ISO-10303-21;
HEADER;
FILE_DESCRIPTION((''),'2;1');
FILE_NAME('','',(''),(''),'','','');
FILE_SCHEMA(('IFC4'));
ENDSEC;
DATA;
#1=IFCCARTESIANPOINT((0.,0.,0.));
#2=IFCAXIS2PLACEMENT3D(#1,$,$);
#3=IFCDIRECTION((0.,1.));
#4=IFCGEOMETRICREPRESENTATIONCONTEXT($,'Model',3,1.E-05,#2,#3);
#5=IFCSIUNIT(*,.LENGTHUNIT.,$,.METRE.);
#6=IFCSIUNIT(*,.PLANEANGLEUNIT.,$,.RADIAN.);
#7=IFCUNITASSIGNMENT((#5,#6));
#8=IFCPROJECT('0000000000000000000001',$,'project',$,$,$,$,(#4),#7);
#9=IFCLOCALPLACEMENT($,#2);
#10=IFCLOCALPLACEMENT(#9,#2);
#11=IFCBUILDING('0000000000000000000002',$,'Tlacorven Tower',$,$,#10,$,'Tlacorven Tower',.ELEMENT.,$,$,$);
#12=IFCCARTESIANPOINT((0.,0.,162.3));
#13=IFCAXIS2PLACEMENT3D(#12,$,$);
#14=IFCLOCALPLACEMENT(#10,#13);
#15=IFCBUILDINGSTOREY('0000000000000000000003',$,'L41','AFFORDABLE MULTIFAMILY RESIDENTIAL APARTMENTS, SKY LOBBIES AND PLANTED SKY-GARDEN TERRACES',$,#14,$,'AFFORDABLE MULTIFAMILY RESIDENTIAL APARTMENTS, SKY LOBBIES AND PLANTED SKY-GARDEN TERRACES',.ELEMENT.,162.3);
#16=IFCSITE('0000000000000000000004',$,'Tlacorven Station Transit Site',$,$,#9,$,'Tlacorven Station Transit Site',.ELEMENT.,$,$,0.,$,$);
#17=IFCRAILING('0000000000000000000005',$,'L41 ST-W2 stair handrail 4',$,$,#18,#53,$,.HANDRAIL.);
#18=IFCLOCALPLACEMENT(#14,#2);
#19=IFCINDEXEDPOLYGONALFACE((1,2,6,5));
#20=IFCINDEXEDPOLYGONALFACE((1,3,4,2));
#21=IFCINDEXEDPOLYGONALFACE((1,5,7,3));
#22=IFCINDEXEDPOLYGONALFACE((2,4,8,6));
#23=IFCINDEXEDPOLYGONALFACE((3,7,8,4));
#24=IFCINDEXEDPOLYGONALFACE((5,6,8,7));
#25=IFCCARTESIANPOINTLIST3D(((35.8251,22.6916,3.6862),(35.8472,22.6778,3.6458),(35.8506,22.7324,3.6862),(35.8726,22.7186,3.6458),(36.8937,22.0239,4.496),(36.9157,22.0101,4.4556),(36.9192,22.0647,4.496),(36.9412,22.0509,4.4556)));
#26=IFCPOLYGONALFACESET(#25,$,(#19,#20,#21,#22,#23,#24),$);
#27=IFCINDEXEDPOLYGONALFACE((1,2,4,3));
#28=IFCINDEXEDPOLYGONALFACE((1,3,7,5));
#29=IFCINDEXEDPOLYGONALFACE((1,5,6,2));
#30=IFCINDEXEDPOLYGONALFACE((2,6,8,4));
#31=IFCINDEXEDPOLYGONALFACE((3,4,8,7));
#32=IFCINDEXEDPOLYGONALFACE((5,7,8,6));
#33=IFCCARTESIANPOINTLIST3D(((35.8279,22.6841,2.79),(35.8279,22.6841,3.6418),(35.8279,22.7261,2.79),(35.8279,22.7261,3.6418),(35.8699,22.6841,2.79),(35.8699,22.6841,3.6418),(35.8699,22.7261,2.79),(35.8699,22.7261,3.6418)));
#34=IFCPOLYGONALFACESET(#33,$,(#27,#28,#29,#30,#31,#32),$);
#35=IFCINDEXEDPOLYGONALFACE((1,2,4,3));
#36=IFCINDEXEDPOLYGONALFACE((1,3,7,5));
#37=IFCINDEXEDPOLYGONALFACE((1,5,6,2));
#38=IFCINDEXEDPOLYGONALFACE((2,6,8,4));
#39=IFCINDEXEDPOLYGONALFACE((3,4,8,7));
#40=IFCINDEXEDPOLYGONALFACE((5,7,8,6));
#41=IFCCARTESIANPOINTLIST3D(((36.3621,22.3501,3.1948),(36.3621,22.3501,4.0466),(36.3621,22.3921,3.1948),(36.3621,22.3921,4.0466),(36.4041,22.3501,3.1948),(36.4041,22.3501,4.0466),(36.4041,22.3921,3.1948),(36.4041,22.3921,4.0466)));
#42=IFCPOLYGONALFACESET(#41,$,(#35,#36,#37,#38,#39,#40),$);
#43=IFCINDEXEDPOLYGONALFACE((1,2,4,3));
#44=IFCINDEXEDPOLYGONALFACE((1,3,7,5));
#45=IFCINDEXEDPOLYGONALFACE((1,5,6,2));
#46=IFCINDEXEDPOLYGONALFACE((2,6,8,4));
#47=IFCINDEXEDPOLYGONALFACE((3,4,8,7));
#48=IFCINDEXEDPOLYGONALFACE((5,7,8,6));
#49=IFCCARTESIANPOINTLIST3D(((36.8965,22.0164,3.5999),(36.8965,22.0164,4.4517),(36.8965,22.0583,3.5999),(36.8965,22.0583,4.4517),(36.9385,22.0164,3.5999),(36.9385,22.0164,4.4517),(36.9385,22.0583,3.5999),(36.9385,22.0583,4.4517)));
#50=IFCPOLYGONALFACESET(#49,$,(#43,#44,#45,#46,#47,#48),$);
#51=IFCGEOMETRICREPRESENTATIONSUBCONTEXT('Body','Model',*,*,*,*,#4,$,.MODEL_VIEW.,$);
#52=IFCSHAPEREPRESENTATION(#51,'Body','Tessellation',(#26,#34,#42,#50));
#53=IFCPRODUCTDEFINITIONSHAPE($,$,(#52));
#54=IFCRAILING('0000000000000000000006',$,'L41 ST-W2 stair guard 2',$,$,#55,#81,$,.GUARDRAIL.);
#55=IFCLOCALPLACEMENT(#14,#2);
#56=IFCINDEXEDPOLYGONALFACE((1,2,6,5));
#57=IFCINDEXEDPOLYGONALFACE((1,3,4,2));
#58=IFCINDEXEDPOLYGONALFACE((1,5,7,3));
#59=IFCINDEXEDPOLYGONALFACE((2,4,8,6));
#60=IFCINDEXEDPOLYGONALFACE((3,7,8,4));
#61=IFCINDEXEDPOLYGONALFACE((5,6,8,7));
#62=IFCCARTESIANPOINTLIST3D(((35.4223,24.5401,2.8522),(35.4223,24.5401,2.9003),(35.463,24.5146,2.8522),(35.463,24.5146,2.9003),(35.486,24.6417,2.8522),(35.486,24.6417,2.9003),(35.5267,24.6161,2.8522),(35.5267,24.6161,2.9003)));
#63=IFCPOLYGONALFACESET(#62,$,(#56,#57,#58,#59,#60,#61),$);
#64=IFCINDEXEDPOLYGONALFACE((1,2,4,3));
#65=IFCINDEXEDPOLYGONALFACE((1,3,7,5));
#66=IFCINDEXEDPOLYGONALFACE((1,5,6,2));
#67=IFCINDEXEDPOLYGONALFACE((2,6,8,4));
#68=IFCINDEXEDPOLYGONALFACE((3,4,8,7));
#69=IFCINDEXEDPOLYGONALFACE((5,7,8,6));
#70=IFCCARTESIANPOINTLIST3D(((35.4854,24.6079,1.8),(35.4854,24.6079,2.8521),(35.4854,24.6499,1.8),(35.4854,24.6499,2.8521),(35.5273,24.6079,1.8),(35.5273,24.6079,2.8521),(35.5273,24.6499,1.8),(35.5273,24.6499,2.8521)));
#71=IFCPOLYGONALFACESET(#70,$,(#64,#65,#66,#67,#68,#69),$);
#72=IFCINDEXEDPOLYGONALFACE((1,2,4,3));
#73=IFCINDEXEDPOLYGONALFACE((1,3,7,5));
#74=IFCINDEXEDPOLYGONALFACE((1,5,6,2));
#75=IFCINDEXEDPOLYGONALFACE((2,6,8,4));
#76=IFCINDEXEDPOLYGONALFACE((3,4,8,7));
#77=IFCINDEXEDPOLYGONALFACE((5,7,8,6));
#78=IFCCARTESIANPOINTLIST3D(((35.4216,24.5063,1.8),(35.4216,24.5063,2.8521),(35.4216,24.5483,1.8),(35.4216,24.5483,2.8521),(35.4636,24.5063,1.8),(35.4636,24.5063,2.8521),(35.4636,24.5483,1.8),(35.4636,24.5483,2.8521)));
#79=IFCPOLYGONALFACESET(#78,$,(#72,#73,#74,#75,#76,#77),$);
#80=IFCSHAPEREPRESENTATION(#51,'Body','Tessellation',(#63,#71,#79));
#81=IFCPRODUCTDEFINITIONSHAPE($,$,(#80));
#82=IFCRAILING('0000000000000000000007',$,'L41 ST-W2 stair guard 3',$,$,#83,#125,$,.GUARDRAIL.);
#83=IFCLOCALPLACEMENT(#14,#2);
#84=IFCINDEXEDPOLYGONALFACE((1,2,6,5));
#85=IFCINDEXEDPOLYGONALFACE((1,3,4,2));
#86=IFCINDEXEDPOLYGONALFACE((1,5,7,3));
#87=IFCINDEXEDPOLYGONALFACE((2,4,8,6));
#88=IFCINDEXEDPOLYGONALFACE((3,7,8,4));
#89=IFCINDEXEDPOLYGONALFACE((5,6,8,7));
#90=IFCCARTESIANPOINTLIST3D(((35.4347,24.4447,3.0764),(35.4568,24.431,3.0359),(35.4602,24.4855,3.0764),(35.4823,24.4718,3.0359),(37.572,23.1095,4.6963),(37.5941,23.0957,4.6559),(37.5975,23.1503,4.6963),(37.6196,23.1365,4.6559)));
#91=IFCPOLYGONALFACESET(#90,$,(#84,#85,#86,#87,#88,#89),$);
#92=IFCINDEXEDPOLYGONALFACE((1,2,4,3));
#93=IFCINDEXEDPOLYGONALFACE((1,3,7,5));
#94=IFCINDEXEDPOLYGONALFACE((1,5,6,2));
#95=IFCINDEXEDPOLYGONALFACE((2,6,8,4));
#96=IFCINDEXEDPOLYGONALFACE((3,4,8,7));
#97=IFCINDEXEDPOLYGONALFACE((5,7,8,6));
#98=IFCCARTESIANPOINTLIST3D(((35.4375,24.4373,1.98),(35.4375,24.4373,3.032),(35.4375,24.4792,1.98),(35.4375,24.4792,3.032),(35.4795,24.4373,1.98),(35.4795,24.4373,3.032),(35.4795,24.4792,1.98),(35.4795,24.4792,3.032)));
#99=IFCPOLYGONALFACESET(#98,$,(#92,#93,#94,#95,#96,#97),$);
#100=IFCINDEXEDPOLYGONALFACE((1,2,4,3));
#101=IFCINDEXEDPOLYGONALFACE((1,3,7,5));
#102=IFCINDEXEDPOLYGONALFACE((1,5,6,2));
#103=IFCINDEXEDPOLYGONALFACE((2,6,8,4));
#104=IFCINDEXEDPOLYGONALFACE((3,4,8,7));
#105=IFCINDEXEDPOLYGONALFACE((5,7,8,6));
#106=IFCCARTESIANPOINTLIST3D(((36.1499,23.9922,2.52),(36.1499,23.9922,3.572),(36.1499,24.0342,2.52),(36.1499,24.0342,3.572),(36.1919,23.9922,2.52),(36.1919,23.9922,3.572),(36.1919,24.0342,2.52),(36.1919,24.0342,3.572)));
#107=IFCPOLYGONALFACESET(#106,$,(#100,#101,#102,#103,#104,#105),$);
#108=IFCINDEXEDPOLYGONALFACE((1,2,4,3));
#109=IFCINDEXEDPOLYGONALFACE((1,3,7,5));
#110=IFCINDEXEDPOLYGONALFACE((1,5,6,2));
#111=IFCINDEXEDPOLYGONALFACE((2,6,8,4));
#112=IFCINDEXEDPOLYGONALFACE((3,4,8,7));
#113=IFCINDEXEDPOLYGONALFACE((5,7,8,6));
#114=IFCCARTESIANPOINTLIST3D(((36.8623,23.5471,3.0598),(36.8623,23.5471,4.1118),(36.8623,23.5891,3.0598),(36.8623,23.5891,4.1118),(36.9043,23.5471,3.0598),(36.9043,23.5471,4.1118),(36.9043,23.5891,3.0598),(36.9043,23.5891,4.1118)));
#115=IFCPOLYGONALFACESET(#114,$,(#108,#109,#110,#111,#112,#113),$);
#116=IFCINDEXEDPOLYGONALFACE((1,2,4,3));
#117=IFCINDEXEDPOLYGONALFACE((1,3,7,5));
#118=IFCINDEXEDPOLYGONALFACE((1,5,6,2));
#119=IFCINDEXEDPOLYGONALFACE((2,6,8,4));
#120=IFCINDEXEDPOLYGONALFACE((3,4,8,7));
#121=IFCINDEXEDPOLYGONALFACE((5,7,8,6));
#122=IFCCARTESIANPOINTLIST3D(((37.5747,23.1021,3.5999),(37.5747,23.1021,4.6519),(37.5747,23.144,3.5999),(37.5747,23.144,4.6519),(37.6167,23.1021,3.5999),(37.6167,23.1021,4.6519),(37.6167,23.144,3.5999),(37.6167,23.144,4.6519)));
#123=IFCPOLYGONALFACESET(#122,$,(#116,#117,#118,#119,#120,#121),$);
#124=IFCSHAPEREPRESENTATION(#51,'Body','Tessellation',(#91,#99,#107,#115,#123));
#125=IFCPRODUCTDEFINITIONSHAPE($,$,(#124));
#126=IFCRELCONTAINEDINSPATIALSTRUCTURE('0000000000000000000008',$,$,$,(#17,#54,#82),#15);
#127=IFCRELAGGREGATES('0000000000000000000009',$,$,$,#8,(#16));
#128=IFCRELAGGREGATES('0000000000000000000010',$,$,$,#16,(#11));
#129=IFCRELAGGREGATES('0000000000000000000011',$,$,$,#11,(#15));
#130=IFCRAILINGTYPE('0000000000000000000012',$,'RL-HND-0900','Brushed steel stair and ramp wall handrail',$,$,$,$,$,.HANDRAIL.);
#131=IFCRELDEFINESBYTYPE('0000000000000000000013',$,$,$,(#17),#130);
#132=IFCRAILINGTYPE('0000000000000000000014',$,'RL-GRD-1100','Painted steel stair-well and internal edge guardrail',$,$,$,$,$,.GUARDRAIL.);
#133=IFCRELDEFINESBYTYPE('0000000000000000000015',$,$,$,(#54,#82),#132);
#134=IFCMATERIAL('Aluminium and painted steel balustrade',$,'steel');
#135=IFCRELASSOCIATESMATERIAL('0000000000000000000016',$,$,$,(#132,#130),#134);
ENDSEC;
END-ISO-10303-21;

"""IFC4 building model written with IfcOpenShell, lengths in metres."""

from ifc_helpers import new_model, si_unit, direction, frame, origin, origin_2d, place, context, subcontext, project, spatial, rectangle, extrude, source, transform, mapped, material, type_object, element, save


model = new_model("IFC4")

# Units and contexts
model_context = context("Model", 3, precision=1e-05, world=origin(), true_north=direction((0.0, 1.0)))
body_context = subcontext(model_context, "Body", "Model", "MODEL_VIEW")
ifc_project = project(units=[si_unit("LENGTHUNIT", "METRE"), si_unit("PLANEANGLEUNIT", "RADIAN")], contexts=[model_context])

# Site, building, storey
site_placement = place(None, origin())
site = spatial("IfcSite", under=ifc_project, at=site_placement, Name="Tlacorven Station Transit Site", LongName="Tlacorven Station Transit Site", CompositionType="ELEMENT", RefElevation=0.0)
building_placement = place(site_placement, origin())
building = spatial("IfcBuilding", under=site, at=building_placement, Name="Tlacorven Tower", LongName="Tlacorven Tower", CompositionType="ELEMENT")
storey_placement = place(building_placement, frame((0.0, 0.0, 162.3)))
storey = spatial("IfcBuildingStorey", under=building, at=storey_placement, Name="L41", Description="AFFORDABLE MULTIFAMILY RESIDENTIAL APARTMENTS, SKY LOBBIES AND PLANTED SKY-GARDEN TERRACES", LongName="AFFORDABLE MULTIFAMILY RESIDENTIAL APARTMENTS, SKY LOBBIES AND PLANTED SKY-GARDEN TERRACES", CompositionType="ELEMENT", Elevation=162.3)

# Railings
ifc_material_1 = material(Name="Aluminium and painted steel balustrade", Category="steel")
railing_type_1 = type_object("IfcRailingType", Name="RL-GRD-1100", Description="Painted steel stair-well and internal edge guardrail", PredefinedType="GUARDRAIL", material=ifc_material_1)
railing_type_2 = type_object("IfcRailingType", Name="RL-HND-0900", Description="Brushed steel stair and ramp wall handrail", PredefinedType="HANDRAIL", material=ifc_material_1)
shared_shape_1 = source(origin(), body_context, "Body", "SweptSolid", [
    extrude(rectangle(XDim=0.0481, YDim=0.0481, at=origin_2d()), frame((0.0, 0.0, 0.876), z_axis=(0.713423, -0.445787, 0.540649), x_axis=(0.529912, 0.848053, 0.0)), (0.0, 0.0, 1.0), 1.4978),
    extrude(rectangle(XDim=0.042, YDim=0.042, at=origin_2d()), origin(), (0.0, 0.0, 1.0), 0.8518),
    extrude(rectangle(XDim=0.042, YDim=0.042, at=origin_2d()), frame((0.5342, -0.334, 0.4048)), (0.0, 0.0, 1.0), 0.8518),
    extrude(rectangle(XDim=0.042, YDim=0.042, at=origin_2d()), frame((1.0686, -0.6677, 0.8098)), (0.0, 0.0, 1.0), 0.8518),
])
railing_1_placement = place(storey_placement, frame((35.8489, 22.7051, 2.79)))
element("IfcRailing", 1, at=railing_1_placement, inside=storey, type_object=railing_type_2, Name="L41 ST-W2 stair handrail 4", PredefinedType="HANDRAIL", context=body_context, shape_type="MappedRepresentation", body=[
    mapped(shared_shape_1, transform((0.0, 0.0, 0.0), scale=1.0)),
])
shared_shape_2 = source(origin(), body_context, "Body", "SweptSolid", [
    extrude(rectangle(XDim=0.0481, YDim=0.0481, at=origin_2d()), frame((0.0, 0.0, 1.0762), z_axis=(-0.531462, -0.847082, 0.0), x_axis=(0.847082, -0.531462, 0.0)), (0.0, 0.0, 1.0), 0.1199),
    extrude(rectangle(XDim=0.042, YDim=0.042, at=origin_2d()), origin(), (0.0, 0.0, 1.0), 1.052),
    extrude(rectangle(XDim=0.042, YDim=0.042, at=origin_2d()), frame((-0.0637, -0.1016, 0.0)), (0.0, 0.0, 1.0), 1.052),
])
railing_2_placement = place(storey_placement, frame((35.5063, 24.6289, 1.8)))
element("IfcRailing", 2, at=railing_2_placement, inside=storey, type_object=railing_type_1, Name="L41 ST-W2 stair guard 2", PredefinedType="GUARDRAIL", context=body_context, shape_type="MappedRepresentation", body=[
    mapped(shared_shape_2, transform((0.0, 0.0, 0.0), scale=1.0)),
])
shared_shape_3 = source(origin(), body_context, "Body", "SweptSolid", [
    extrude(rectangle(XDim=0.0481, YDim=0.0481, at=origin_2d()), frame((0.0, 0.0, 1.0762), z_axis=(0.713417, -0.445702, 0.540727), x_axis=(0.529842, 0.848096, 0.0)), (0.0, 0.0, 1.0), 2.9958),
    extrude(rectangle(XDim=0.042, YDim=0.042, at=origin_2d()), origin(), (0.0, 0.0, 1.0), 1.052),
    extrude(rectangle(XDim=0.042, YDim=0.042, at=origin_2d()), frame((0.7124, -0.4451, 0.54)), (0.0, 0.0, 1.0), 1.052),
    extrude(rectangle(XDim=0.042, YDim=0.042, at=origin_2d()), frame((1.4248, -0.8901, 1.0798)), (0.0, 0.0, 1.0), 1.052),
    extrude(rectangle(XDim=0.042, YDim=0.042, at=origin_2d()), frame((2.1372, -1.3352, 1.6199)), (0.0, 0.0, 1.0), 1.052),
])
railing_3_placement = place(storey_placement, frame((35.4585, 24.4583, 1.98)))
element("IfcRailing", 3, at=railing_3_placement, inside=storey, type_object=railing_type_1, Name="L41 ST-W2 stair guard 3", PredefinedType="GUARDRAIL", context=body_context, shape_type="MappedRepresentation", body=[
    mapped(shared_shape_3, transform((0.0, 0.0, 0.0), scale=1.0)),
])

save(model, "model.ifc")
